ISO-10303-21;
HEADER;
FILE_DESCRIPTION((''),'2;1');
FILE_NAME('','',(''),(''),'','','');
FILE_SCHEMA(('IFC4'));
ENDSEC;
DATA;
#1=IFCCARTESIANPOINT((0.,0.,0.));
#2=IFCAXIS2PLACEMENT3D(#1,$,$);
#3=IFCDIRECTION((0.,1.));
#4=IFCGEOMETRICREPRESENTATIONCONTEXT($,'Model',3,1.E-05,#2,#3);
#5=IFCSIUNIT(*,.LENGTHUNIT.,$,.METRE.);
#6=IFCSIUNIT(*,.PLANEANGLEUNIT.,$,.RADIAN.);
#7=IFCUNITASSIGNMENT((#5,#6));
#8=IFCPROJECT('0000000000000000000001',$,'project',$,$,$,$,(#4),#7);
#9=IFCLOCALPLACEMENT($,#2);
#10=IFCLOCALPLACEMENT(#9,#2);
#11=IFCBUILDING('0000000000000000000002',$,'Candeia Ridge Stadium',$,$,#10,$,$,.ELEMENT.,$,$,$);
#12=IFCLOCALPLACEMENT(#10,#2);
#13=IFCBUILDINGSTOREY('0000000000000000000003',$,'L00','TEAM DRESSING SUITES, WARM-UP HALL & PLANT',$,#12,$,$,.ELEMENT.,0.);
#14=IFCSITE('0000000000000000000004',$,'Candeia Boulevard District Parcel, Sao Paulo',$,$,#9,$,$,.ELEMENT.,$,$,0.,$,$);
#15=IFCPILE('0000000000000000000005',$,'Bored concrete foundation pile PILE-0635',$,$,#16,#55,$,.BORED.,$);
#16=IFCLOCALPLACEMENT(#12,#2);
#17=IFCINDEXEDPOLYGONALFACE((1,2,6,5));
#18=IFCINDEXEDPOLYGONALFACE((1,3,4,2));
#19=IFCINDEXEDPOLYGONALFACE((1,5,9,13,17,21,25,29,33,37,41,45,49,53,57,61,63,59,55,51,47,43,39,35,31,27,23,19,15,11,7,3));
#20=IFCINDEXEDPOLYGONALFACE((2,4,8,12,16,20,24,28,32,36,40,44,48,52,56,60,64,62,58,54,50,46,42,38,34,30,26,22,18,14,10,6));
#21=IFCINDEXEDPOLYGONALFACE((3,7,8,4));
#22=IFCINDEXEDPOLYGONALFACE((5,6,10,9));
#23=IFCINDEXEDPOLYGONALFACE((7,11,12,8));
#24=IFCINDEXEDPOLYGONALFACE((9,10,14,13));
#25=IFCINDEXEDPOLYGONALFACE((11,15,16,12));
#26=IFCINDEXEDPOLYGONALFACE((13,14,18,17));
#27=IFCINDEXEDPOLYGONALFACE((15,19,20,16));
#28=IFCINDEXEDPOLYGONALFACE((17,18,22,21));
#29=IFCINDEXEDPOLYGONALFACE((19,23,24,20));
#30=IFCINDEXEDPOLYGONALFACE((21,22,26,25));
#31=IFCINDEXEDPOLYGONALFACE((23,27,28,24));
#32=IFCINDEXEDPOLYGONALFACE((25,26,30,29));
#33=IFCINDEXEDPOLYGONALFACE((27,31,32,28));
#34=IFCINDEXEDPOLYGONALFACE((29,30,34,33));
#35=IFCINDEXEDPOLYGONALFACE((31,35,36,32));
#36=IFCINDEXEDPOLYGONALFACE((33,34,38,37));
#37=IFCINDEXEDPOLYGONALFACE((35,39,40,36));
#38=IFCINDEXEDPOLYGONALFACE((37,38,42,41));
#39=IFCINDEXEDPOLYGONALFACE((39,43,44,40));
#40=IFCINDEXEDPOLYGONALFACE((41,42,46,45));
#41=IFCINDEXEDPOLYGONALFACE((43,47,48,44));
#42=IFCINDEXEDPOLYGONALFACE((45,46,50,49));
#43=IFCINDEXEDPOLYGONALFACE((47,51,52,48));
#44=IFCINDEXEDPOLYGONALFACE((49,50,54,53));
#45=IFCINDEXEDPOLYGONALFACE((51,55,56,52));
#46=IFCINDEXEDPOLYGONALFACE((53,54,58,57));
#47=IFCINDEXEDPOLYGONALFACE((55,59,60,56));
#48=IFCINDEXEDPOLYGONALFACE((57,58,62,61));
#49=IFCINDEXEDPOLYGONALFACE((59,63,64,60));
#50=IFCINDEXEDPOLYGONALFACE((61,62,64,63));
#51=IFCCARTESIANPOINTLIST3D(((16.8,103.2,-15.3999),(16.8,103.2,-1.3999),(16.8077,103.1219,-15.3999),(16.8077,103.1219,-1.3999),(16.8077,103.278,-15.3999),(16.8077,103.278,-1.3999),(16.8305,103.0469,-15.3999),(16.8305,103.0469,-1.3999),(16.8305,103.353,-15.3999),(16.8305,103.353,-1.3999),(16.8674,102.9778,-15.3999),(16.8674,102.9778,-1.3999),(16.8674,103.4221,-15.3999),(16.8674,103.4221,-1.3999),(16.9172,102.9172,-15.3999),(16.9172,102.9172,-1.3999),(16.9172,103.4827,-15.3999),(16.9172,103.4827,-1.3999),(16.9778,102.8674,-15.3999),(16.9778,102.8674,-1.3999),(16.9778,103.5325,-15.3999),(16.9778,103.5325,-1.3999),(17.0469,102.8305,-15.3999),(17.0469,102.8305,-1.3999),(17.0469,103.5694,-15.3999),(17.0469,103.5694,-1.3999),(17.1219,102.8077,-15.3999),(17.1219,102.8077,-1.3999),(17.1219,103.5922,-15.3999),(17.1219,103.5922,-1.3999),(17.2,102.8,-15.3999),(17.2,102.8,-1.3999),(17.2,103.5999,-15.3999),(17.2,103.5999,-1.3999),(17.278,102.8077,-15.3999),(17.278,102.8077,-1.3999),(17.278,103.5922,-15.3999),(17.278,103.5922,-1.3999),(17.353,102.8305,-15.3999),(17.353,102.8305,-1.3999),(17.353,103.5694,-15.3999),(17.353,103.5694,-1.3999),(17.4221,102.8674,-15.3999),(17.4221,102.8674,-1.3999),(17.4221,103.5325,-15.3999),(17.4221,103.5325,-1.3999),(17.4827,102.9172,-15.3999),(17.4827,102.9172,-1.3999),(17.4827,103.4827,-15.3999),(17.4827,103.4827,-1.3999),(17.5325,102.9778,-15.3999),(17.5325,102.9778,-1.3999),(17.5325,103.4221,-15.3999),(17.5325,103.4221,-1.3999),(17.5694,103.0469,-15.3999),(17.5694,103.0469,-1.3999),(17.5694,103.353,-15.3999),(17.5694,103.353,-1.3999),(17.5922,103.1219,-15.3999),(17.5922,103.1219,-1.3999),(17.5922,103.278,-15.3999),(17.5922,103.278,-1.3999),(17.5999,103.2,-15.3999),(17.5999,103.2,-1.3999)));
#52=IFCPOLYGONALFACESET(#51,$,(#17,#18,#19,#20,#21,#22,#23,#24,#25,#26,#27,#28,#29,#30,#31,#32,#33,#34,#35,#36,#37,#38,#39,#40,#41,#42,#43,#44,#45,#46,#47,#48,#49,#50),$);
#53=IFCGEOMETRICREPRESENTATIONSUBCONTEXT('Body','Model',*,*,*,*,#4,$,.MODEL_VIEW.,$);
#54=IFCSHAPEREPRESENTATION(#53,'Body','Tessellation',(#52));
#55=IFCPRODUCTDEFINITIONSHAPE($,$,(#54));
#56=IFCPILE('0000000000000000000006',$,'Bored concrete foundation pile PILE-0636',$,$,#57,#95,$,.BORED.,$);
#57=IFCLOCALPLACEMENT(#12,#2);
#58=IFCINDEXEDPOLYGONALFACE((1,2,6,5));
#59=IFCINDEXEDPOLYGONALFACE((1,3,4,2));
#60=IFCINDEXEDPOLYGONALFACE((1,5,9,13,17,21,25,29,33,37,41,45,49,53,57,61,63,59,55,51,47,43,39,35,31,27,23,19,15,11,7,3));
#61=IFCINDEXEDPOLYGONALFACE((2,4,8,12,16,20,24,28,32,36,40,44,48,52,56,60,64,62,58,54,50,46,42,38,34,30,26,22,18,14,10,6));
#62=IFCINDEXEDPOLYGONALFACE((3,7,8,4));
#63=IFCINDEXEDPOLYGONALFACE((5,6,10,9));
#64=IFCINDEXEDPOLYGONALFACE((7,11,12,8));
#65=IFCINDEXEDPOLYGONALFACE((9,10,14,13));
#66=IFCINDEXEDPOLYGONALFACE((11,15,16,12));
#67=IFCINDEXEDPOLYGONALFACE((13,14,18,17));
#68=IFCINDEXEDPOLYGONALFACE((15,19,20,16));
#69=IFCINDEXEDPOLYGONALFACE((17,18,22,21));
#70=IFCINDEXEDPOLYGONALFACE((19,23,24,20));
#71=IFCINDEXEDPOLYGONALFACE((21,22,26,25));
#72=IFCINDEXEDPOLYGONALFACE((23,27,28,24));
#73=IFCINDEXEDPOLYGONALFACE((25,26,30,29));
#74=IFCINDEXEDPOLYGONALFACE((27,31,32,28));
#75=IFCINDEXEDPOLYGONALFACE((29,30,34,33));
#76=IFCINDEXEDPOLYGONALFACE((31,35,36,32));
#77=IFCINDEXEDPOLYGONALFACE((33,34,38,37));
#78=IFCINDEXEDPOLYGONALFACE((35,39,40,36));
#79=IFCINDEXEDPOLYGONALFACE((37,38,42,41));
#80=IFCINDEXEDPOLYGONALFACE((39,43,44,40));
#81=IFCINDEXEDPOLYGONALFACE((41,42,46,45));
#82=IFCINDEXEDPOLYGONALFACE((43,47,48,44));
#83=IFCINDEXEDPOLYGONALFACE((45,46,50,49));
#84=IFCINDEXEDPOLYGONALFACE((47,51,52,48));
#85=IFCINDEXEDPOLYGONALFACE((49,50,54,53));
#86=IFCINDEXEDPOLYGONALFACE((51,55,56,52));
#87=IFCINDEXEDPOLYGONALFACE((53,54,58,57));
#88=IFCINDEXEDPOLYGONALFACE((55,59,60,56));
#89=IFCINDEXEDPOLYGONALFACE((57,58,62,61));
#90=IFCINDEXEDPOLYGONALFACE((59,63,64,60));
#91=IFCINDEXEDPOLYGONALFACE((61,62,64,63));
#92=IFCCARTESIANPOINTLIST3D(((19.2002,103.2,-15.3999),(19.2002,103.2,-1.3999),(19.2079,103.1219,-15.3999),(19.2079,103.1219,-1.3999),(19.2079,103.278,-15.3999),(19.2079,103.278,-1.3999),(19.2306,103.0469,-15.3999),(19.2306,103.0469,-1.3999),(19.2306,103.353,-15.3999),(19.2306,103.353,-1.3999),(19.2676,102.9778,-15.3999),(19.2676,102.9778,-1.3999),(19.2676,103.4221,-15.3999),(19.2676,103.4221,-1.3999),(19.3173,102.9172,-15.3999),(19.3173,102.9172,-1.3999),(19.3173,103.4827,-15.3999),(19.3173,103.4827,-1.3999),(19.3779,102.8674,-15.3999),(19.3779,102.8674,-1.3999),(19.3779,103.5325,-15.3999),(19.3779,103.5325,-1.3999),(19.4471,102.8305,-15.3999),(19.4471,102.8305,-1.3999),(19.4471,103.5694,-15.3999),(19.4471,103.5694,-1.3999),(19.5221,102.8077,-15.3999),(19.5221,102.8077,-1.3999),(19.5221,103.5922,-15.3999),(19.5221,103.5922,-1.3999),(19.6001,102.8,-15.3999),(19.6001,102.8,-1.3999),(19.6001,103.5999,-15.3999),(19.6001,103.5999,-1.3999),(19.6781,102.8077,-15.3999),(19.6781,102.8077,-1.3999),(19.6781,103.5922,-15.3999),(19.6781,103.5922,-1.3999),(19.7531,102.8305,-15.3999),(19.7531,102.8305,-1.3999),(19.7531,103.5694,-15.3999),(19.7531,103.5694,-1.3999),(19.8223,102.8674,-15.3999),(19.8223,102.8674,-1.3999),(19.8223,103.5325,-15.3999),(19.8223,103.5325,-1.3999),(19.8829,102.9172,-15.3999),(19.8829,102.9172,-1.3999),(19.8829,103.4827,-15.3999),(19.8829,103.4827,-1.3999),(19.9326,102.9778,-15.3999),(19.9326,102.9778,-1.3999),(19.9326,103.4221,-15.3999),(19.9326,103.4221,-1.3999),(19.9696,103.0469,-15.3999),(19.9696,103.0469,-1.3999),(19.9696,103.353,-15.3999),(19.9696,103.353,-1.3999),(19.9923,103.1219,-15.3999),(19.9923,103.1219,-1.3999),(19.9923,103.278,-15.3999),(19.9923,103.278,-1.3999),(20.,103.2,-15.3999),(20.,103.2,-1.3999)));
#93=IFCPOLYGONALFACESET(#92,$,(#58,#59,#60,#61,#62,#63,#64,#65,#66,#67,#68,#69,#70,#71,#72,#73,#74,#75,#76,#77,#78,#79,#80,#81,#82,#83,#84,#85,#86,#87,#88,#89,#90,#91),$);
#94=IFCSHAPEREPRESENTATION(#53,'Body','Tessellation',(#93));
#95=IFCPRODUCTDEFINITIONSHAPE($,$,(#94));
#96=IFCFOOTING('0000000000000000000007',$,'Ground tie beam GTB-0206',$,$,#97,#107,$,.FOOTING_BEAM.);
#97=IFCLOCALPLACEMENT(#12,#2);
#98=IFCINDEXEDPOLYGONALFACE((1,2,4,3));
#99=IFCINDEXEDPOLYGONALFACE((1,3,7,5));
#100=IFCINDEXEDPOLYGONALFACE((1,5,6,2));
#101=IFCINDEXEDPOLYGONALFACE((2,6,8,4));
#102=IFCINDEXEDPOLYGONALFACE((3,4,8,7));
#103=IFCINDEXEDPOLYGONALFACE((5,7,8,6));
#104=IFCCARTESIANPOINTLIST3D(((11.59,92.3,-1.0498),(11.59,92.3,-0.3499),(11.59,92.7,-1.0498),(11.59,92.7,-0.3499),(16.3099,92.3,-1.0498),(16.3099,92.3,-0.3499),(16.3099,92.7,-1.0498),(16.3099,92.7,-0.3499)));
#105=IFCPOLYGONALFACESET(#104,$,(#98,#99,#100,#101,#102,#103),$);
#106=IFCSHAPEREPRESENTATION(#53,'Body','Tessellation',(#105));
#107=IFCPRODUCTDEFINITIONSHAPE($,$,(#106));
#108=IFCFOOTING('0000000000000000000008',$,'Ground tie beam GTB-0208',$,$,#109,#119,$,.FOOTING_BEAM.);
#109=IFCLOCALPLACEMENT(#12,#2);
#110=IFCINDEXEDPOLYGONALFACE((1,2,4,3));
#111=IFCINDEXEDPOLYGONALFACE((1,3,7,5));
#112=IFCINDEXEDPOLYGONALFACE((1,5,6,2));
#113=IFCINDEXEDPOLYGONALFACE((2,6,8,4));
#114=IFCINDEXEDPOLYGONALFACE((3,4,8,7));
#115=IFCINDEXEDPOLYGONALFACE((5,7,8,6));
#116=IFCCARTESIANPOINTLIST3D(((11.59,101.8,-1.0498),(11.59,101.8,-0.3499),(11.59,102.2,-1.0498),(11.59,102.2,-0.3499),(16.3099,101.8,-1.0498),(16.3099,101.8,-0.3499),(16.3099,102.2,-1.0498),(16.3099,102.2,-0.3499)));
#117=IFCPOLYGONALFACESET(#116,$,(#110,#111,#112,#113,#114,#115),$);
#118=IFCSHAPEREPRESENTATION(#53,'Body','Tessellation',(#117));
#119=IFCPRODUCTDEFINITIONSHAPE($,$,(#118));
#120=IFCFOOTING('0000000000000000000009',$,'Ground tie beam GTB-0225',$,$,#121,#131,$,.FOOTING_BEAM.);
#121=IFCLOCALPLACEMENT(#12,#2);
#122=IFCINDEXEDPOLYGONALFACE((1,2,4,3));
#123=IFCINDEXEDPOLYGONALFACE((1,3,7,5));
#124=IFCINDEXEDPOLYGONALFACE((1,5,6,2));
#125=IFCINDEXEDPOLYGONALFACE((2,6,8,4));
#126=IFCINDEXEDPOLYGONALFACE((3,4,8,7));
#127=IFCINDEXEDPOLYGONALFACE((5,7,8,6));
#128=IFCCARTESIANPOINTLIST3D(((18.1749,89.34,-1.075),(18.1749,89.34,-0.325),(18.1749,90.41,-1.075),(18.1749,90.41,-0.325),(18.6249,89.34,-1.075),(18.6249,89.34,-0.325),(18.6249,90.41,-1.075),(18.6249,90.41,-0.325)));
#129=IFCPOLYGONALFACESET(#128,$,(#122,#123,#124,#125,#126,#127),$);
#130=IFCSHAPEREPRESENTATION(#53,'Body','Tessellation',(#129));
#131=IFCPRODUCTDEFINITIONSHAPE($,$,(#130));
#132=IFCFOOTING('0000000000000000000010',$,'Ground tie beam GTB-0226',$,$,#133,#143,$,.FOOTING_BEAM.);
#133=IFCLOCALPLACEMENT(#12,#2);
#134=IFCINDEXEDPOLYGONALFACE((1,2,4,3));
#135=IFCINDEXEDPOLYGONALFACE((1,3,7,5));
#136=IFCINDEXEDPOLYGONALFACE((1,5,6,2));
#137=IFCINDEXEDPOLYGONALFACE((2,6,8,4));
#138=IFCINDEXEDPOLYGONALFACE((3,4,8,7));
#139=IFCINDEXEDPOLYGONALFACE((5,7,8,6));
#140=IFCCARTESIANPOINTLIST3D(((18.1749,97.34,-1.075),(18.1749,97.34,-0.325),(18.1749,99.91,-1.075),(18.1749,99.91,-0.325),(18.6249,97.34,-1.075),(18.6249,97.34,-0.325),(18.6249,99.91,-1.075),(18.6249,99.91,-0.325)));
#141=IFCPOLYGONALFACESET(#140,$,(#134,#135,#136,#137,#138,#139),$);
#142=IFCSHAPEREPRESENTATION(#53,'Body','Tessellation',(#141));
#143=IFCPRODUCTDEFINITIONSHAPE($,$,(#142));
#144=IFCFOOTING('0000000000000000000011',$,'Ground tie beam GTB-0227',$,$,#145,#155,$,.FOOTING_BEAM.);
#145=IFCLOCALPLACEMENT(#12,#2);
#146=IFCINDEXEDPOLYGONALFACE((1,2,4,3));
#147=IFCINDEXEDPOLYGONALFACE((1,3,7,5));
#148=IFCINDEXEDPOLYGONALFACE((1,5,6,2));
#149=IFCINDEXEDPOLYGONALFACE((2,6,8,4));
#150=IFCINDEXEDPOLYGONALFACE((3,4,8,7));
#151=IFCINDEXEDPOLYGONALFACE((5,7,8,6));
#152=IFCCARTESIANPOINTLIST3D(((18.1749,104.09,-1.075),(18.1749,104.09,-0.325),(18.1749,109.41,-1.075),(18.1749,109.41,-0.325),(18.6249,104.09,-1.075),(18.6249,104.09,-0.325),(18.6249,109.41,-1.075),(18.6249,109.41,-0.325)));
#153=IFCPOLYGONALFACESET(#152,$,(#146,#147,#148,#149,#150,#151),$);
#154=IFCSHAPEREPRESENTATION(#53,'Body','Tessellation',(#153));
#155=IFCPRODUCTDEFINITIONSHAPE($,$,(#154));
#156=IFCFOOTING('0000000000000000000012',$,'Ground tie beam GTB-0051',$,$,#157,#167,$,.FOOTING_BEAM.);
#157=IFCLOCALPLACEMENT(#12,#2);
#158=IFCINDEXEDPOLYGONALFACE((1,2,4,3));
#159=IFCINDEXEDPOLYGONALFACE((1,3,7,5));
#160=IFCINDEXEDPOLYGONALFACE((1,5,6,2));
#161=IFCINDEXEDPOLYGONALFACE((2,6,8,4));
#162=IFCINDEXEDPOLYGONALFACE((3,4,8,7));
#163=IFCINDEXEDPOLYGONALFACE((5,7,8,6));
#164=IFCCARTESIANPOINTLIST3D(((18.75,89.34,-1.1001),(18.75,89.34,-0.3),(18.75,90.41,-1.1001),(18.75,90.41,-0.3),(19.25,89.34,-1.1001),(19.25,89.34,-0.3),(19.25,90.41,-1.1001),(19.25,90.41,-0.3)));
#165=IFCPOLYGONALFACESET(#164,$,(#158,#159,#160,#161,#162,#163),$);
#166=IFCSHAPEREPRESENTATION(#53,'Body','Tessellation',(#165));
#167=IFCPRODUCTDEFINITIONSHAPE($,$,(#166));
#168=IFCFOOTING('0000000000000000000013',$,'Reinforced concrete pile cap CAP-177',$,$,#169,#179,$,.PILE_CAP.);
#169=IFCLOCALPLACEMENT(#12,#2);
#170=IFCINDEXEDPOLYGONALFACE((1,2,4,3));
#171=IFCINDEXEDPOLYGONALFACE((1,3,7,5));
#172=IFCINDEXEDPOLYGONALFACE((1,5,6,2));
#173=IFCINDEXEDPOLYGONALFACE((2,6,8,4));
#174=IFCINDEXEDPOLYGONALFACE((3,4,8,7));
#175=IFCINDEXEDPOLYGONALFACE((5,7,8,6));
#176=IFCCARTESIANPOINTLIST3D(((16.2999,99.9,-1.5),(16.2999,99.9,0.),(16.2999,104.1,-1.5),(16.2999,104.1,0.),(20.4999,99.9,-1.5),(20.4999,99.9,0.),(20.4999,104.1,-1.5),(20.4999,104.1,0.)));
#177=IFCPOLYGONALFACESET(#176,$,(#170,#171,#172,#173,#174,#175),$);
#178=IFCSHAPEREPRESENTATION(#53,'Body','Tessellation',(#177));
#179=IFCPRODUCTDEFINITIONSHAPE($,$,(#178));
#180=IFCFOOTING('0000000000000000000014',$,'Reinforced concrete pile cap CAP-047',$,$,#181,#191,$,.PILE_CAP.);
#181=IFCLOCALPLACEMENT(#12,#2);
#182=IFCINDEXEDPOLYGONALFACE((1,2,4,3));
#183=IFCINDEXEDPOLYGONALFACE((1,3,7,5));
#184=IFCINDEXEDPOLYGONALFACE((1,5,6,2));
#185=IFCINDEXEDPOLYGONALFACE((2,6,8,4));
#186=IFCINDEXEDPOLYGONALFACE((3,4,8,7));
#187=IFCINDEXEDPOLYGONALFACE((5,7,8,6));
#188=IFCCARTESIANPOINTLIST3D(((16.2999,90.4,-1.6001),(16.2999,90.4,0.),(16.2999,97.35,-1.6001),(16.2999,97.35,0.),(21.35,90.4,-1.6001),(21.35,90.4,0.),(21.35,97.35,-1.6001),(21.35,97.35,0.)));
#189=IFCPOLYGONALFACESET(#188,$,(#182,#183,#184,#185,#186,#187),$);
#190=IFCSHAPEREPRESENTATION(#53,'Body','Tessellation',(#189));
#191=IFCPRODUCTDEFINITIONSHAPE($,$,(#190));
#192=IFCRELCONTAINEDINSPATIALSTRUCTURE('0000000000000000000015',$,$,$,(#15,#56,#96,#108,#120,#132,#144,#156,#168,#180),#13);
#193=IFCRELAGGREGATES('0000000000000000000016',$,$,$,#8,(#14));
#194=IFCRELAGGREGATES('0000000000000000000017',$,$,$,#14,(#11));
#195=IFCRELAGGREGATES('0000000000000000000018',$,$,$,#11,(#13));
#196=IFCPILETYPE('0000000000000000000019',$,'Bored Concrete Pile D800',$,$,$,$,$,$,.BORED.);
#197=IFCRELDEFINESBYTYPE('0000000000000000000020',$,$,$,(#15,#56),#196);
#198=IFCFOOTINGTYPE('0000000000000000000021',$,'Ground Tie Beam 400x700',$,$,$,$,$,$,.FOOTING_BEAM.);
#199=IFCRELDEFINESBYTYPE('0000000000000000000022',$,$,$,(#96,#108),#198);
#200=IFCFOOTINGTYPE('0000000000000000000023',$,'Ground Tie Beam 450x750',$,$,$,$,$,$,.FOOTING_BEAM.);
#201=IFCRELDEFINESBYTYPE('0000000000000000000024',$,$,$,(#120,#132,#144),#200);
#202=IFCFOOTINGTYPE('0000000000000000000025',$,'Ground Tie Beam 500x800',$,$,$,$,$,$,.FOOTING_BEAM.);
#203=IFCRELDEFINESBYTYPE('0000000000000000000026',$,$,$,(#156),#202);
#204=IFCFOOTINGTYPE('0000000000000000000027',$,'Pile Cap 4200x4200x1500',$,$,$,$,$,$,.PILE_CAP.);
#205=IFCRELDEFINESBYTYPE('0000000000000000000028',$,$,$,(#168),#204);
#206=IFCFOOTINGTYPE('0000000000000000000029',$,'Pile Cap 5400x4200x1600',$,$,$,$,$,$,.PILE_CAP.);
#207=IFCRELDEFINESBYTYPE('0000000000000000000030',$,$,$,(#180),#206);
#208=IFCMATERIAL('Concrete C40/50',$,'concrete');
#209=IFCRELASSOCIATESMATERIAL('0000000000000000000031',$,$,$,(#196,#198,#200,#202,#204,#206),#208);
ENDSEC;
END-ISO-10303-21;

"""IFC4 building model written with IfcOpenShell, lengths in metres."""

from ifc_helpers import new_model, si_unit, direction, frame, origin, origin_2d, place, context, subcontext, project, spatial, rectangle, circle, extrude, material, material_profile, profile_set, type_object, element, save


model = new_model("IFC4")

# Units and contexts
model_context = context("Model", 3, precision=1e-05, world=origin(), true_north=direction((0.0, 1.0)))
body_context = subcontext(model_context, "Body", "Model", "MODEL_VIEW")
ifc_project = project(units=[si_unit("LENGTHUNIT", "METRE"), si_unit("PLANEANGLEUNIT", "RADIAN")], contexts=[model_context])

# Site, building, storey
site_placement = place(None, origin())
site = spatial("IfcSite", under=ifc_project, at=site_placement, Name="Candeia Boulevard District Parcel, Sao Paulo", CompositionType="ELEMENT", RefElevation=0.0)
building_placement = place(site_placement, origin())
building = spatial("IfcBuilding", under=site, at=building_placement, Name="Candeia Ridge Stadium", CompositionType="ELEMENT")
storey_placement = place(building_placement, origin())
storey = spatial("IfcBuildingStorey", under=building, at=storey_placement, Name="L00", Description="TEAM DRESSING SUITES, WARM-UP HALL & PLANT", CompositionType="ELEMENT", Elevation=0.0)

# Piles
ifc_material_1 = material(Name="Concrete C40/50", Category="concrete")
ifc_material_profile_1 = material_profile(ifc_material_1, circle(Radius=0.3999, at=origin_2d()), Name="PILE-D800", Category="concrete")
ifc_profile_set_1 = profile_set([ifc_material_profile_1], Name="Concrete C40/50")
pile_type_1 = type_object("IfcPileType", Name="Bored Concrete Pile D800", PredefinedType="BORED", material=ifc_profile_set_1)
for number, where, z_axis, x_axis, name in (
    (1, (17.2, 103.2, -1.3999), (0.0, 0.0, -1.0), (1.0, 0.0, 0.0), "Bored concrete foundation pile PILE-0635"),
    (2, (19.6001, 103.2, -1.3999), (0.0, 0.0, -1.0), (1.0, 0.0, 0.0), "Bored concrete foundation pile PILE-0636"),
):
    element("IfcPile", number, at=place(storey_placement, frame(where, z_axis=z_axis, x_axis=x_axis)), inside=storey, type_object=pile_type_1, Name=name, PredefinedType="BORED", context=body_context, shape_type="SweptSolid", body=[
        extrude(circle(Radius=0.3999, at=origin_2d()), origin(), (0.0, 0.0, 1.0), 14.0),
    ])

# Footings
footing_type_1 = type_object("IfcFootingType", Name="Ground Tie Beam 400x700", PredefinedType="FOOTING_BEAM", material=ifc_material_1)
for number, where, z_axis, x_axis, name in (
    (3, (13.95, 92.5, -1.0498), (0.0, 0.0, 1.0), (1.0, 0.0, 0.0), "Ground tie beam GTB-0206"),
    (4, (13.95, 102.0, -1.0498), (0.0, 0.0, 1.0), (1.0, 0.0, 0.0), "Ground tie beam GTB-0208"),
):
    element("IfcFooting", number, at=place(storey_placement, frame(where, z_axis=z_axis, x_axis=x_axis)), inside=storey, type_object=footing_type_1, Name=name, PredefinedType="FOOTING_BEAM", context=body_context, shape_type="SweptSolid", body=[
        extrude(rectangle(XDim=4.72, YDim=0.3999, at=origin_2d()), origin(), (0.0, 0.0, 1.0), 0.7),
    ])
footing_type_2 = type_object("IfcFootingType", Name="Ground Tie Beam 450x750", PredefinedType="FOOTING_BEAM", material=ifc_material_1)
footing_1_placement = place(storey_placement, frame((18.3999, 89.875, -1.075), z_axis=(0.0, 0.0, 1.0), x_axis=(0.0, 1.0, 0.0)))
element("IfcFooting", 5, at=footing_1_placement, inside=storey, type_object=footing_type_2, Name="Ground tie beam GTB-0225", PredefinedType="FOOTING_BEAM", context=body_context, shape_type="SweptSolid", body=[
    extrude(rectangle(XDim=1.0701, YDim=0.45, at=origin_2d()), origin(), (0.0, 0.0, 1.0), 0.75),
])
footing_2_placement = place(storey_placement, frame((18.3999, 98.625, -1.075), z_axis=(0.0, 0.0, 1.0), x_axis=(0.0, 1.0, 0.0)))
element("IfcFooting", 6, at=footing_2_placement, inside=storey, type_object=footing_type_2, Name="Ground tie beam GTB-0226", PredefinedType="FOOTING_BEAM", context=body_context, shape_type="SweptSolid", body=[
    extrude(rectangle(XDim=2.5701, YDim=0.45, at=origin_2d()), origin(), (0.0, 0.0, 1.0), 0.75),
])
footing_3_placement = place(storey_placement, frame((18.3999, 106.75, -1.075), z_axis=(0.0, 0.0, 1.0), x_axis=(0.0, 1.0, 0.0)))
element("IfcFooting", 7, at=footing_3_placement, inside=storey, type_object=footing_type_2, Name="Ground tie beam GTB-0227", PredefinedType="FOOTING_BEAM", context=body_context, shape_type="SweptSolid", body=[
    extrude(rectangle(XDim=5.3201, YDim=0.45, at=origin_2d()), origin(), (0.0, 0.0, 1.0), 0.75),
])
footing_type_3 = type_object("IfcFootingType", Name="Ground Tie Beam 500x800", PredefinedType="FOOTING_BEAM", material=ifc_material_1)
footing_4_placement = place(storey_placement, frame((19.0, 89.875, -1.1001), z_axis=(0.0, 0.0, 1.0), x_axis=(0.0, -1.0, 0.0)))
element("IfcFooting", 8, at=footing_4_placement, inside=storey, type_object=footing_type_3, Name="Ground tie beam GTB-0051", PredefinedType="FOOTING_BEAM", context=body_context, shape_type="SweptSolid", body=[
    extrude(rectangle(XDim=1.0701, YDim=0.5, at=origin_2d()), origin(), (0.0, 0.0, 1.0), 0.8),
])
footing_type_4 = type_object("IfcFootingType", Name="Pile Cap 4200x4200x1500", PredefinedType="PILE_CAP", material=ifc_material_1)
footing_5_placement = place(storey_placement, frame((18.3999, 102.0, -1.5), z_axis=(0.0, 0.0, 1.0), x_axis=(1.0, 0.0, 0.0)))
element("IfcFooting", 9, at=footing_5_placement, inside=storey, type_object=footing_type_4, Name="Reinforced concrete pile cap CAP-177", PredefinedType="PILE_CAP", context=body_context, shape_type="SweptSolid", body=[
    extrude(rectangle(XDim=4.2, YDim=4.2, at=origin_2d()), origin(), (0.0, 0.0, 1.0), 1.5),
])
footing_type_5 = type_object("IfcFootingType", Name="Pile Cap 5400x4200x1600", PredefinedType="PILE_CAP", material=ifc_material_1)
footing_6_placement = place(storey_placement, frame((18.825, 93.875, -1.6001), z_axis=(0.0, 0.0, 1.0), x_axis=(1.0, 0.0, 0.0)))
element("IfcFooting", 10, at=footing_6_placement, inside=storey, type_object=footing_type_5, Name="Reinforced concrete pile cap CAP-047", PredefinedType="PILE_CAP", context=body_context, shape_type="SweptSolid", body=[
    extrude(rectangle(XDim=5.05, YDim=6.95, at=origin_2d()), origin(), (0.0, 0.0, 1.0), 1.6001),
])

save(model, "model.ifc")
